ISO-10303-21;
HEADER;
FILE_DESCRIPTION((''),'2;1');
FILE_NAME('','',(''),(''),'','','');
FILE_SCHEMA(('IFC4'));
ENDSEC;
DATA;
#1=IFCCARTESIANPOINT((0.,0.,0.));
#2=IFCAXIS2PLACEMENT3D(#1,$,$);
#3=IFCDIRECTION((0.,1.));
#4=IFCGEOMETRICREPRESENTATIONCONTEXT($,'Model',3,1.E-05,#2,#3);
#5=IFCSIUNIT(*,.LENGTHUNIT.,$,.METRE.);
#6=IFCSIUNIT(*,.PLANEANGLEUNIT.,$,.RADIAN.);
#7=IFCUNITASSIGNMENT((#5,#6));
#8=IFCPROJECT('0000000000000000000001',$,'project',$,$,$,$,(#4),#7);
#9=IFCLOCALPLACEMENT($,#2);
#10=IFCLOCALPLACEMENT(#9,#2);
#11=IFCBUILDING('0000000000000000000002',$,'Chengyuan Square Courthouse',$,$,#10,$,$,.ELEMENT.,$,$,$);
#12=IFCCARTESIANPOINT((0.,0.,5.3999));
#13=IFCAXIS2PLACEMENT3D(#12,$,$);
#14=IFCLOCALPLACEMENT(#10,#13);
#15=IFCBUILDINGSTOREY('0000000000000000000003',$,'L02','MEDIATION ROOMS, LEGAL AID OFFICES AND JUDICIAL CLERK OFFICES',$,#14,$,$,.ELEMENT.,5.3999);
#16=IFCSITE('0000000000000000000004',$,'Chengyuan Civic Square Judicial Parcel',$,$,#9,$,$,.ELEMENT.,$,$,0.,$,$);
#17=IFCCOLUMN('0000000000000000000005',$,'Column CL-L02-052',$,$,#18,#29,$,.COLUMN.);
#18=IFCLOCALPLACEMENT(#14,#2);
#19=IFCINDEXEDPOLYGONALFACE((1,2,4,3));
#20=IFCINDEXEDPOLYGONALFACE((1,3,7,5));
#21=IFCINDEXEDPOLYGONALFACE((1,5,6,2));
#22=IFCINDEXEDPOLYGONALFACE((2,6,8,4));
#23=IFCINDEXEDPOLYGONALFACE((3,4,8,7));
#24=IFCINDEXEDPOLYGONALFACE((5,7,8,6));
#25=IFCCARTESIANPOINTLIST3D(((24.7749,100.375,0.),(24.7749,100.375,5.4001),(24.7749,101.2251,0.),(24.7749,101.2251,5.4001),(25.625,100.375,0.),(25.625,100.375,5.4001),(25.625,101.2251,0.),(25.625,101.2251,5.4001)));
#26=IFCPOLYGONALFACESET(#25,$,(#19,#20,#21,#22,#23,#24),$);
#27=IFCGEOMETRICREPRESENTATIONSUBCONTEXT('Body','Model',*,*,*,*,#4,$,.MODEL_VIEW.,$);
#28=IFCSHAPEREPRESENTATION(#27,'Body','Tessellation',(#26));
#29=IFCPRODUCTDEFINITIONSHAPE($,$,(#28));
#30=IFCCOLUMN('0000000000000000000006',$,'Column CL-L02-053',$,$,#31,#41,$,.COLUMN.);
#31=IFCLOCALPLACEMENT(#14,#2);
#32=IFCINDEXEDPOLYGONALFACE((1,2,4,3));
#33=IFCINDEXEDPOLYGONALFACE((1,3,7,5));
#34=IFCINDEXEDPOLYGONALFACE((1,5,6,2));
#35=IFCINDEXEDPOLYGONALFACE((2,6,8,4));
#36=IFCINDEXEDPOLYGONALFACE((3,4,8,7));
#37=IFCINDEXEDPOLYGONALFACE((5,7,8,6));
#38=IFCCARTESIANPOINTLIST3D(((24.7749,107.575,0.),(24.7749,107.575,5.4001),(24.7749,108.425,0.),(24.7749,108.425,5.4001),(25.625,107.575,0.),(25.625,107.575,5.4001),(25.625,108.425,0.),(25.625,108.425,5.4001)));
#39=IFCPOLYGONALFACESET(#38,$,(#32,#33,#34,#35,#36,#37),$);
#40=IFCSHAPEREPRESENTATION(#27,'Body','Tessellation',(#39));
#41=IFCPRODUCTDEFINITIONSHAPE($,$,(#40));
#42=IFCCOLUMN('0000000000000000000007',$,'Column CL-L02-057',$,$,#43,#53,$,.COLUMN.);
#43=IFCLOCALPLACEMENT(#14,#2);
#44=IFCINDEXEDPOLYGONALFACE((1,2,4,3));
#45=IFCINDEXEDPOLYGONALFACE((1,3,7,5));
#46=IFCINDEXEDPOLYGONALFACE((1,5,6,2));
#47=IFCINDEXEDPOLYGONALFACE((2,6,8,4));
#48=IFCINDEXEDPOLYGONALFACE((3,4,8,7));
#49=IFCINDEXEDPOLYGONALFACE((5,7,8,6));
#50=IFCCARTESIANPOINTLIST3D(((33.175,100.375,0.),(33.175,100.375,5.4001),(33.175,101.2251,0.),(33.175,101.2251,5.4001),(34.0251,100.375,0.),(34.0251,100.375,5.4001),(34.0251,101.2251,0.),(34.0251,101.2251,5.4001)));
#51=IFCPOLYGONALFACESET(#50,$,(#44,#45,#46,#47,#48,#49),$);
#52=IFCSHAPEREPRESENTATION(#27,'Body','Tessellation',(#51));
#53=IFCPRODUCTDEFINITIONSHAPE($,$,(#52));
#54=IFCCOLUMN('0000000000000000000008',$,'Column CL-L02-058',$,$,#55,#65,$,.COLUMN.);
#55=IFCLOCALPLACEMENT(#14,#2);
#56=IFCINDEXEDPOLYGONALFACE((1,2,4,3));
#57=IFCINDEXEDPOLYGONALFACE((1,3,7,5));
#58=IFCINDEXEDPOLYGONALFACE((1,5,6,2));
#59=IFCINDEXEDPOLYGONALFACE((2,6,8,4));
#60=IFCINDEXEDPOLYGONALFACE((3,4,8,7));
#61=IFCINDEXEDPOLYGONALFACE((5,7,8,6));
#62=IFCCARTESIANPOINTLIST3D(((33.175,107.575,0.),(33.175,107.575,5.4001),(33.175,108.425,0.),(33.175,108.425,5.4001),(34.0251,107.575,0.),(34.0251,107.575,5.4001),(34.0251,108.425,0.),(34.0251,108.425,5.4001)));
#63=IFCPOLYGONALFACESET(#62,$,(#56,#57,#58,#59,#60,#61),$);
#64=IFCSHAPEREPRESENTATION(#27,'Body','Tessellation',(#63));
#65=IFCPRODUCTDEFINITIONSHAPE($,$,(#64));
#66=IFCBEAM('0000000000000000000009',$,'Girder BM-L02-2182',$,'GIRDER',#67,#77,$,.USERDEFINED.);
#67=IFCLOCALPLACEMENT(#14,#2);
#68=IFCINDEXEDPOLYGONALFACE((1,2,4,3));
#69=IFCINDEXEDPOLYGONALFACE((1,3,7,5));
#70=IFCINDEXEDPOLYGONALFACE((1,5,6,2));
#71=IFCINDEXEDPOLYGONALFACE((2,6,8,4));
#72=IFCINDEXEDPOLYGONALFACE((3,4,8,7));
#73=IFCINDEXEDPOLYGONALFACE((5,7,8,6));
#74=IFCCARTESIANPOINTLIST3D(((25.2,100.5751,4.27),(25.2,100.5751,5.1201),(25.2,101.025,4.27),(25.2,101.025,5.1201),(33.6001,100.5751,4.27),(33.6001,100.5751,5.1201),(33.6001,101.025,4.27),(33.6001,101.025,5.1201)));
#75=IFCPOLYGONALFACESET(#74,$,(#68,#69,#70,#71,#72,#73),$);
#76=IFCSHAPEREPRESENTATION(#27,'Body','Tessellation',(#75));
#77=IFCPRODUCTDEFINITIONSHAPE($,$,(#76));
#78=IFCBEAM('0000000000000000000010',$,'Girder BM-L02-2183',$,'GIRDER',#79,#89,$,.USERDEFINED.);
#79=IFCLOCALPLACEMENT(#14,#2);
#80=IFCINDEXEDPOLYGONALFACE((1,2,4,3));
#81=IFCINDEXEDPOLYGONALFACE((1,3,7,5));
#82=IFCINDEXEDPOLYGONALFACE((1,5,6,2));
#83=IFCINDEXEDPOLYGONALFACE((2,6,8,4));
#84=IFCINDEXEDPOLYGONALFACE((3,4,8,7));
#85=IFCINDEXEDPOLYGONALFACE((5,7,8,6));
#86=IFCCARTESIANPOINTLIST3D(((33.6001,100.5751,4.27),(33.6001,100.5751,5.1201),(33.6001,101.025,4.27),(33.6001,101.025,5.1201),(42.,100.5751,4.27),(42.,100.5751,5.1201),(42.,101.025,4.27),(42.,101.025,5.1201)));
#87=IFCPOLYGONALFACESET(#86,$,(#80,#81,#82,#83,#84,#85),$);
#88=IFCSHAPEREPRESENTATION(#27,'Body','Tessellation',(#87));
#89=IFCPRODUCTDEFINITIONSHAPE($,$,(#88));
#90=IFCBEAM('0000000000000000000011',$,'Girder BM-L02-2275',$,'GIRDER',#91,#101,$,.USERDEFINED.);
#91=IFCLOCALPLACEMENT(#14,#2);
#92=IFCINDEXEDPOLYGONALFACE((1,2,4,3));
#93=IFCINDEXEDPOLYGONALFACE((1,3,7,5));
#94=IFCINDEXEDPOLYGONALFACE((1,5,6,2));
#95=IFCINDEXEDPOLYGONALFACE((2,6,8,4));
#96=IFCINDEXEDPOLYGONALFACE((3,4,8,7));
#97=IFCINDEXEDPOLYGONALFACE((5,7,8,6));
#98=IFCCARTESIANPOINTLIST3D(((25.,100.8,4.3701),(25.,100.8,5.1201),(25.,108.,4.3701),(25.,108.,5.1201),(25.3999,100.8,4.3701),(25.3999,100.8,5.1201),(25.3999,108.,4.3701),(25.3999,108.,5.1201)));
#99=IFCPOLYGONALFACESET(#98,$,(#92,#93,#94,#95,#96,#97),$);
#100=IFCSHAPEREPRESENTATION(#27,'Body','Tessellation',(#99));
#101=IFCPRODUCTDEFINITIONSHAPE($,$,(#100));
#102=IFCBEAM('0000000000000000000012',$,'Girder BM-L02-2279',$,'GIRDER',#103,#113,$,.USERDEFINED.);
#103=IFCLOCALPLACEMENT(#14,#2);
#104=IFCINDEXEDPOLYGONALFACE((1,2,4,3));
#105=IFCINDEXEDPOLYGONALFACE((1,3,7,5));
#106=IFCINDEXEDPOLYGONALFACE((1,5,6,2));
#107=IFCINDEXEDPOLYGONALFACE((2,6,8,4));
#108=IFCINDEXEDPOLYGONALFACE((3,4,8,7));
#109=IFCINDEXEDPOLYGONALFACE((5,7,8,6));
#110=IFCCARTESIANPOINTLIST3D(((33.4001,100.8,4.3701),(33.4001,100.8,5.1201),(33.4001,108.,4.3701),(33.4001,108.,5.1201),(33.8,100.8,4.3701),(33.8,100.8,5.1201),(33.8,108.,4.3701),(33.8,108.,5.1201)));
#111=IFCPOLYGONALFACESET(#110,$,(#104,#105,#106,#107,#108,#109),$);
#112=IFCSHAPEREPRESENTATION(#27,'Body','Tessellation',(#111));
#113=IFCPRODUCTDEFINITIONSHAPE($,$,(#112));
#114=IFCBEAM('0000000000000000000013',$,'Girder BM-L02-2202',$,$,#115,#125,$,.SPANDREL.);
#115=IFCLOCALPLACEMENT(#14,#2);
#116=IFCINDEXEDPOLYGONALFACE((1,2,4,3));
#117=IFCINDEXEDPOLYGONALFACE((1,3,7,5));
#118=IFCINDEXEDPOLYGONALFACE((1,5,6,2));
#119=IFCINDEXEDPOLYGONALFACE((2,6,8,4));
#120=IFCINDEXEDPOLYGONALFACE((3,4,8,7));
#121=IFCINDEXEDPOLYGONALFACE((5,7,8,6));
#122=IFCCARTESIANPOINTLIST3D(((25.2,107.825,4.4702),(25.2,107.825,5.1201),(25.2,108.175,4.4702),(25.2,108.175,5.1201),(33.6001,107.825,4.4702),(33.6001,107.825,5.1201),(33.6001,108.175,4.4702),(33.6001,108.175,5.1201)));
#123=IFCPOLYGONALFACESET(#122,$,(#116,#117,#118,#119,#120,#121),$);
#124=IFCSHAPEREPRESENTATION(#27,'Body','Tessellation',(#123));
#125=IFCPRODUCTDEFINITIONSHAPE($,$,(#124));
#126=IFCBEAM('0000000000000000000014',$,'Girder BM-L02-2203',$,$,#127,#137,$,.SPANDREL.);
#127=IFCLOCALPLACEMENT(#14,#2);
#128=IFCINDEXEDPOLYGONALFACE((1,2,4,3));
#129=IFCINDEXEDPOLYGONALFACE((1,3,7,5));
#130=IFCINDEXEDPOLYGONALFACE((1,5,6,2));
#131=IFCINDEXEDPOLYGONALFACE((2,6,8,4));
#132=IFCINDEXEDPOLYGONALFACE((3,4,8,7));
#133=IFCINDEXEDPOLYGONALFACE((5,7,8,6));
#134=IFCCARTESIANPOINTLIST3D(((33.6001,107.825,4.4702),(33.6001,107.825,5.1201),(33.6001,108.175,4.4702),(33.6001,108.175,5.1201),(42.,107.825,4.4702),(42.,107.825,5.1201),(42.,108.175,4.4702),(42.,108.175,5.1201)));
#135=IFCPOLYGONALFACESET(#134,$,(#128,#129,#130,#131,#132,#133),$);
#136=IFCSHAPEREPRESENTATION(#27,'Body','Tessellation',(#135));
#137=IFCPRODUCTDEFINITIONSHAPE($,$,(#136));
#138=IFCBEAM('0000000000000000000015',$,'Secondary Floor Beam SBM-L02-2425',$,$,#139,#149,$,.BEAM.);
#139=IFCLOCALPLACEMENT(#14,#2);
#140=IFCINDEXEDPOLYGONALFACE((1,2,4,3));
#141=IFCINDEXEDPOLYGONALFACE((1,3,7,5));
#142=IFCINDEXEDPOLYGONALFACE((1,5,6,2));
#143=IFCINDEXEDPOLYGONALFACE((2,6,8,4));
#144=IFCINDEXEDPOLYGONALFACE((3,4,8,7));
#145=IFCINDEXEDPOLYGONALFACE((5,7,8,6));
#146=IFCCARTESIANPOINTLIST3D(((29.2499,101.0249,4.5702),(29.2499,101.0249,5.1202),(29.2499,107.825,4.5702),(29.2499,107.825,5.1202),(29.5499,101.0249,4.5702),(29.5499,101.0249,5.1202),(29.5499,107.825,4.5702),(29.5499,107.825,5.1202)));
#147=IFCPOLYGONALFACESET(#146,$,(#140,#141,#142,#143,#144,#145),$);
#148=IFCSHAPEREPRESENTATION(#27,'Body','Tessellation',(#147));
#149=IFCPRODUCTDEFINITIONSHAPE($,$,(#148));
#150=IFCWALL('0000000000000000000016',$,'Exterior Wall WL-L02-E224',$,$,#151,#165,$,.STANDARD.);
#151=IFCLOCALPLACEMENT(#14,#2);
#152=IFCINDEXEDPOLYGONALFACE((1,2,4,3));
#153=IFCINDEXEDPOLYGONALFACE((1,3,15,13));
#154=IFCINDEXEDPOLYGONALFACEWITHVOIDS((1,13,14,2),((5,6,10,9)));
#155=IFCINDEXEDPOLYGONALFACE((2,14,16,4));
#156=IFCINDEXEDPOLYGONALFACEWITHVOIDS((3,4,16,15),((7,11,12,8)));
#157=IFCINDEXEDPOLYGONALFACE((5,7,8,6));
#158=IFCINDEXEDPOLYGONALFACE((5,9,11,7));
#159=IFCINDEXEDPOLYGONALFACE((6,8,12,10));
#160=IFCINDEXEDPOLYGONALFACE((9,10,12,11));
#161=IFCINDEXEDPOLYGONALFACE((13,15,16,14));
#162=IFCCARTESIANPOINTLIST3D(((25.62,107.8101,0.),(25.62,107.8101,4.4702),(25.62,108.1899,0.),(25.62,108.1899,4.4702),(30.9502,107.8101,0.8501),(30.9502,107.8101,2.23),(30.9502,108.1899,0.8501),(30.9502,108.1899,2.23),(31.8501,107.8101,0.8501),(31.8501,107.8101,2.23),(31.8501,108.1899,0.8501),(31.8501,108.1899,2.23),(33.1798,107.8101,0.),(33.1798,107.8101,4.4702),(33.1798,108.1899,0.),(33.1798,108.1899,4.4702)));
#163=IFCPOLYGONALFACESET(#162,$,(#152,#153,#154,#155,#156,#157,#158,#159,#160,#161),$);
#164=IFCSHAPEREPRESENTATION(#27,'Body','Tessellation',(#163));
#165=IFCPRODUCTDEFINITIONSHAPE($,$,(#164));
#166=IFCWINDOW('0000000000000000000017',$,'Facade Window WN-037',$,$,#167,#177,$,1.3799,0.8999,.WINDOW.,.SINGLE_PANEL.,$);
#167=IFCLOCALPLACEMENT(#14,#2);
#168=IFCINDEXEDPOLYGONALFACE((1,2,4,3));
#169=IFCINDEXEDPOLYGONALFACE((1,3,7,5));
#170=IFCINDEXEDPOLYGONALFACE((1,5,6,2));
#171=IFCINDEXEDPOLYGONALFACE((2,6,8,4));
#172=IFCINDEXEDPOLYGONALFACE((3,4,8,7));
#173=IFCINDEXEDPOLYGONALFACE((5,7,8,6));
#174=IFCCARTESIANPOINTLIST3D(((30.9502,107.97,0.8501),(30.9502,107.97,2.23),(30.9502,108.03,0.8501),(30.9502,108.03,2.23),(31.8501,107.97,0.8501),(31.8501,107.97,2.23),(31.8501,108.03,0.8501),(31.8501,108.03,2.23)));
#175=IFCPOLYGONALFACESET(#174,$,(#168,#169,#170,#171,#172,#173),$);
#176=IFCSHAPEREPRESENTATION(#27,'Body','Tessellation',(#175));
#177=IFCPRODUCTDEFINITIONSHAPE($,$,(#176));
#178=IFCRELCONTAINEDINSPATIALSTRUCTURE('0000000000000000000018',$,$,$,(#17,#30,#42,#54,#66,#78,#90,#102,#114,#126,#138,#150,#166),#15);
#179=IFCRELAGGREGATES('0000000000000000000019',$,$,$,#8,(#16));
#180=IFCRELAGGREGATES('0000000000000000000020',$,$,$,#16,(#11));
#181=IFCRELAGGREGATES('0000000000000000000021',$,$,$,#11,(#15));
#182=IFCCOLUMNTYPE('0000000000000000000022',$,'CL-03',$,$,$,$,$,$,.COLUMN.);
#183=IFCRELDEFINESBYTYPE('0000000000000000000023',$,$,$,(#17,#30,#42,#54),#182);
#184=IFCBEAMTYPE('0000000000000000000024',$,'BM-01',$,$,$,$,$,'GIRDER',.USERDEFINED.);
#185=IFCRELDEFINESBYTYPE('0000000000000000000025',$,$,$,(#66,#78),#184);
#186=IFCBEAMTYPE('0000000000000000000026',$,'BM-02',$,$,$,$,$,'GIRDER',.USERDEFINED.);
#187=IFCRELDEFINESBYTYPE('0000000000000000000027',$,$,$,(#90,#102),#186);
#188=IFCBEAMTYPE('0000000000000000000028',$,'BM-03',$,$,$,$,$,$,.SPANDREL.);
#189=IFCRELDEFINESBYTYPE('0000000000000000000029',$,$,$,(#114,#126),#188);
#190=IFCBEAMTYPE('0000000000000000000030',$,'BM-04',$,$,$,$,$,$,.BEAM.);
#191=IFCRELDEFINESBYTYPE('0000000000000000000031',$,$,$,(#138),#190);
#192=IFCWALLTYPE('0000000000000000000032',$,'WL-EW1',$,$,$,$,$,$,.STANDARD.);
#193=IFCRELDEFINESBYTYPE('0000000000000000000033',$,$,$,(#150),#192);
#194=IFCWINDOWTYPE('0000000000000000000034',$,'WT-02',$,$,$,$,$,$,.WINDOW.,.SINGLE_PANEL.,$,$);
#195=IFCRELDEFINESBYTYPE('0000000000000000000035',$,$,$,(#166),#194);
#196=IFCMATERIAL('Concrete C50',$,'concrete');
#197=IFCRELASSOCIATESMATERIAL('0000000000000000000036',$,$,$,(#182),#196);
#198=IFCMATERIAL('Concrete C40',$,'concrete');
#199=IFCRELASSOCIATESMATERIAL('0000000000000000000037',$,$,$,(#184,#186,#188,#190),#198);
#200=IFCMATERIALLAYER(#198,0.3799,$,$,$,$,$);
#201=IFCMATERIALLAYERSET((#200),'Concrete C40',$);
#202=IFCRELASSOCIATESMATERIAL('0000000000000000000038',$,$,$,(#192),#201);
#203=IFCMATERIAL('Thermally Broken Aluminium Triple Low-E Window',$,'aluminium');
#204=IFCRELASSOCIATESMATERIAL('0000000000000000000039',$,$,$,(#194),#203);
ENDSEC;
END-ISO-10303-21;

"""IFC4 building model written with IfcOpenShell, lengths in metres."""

from ifc_helpers import new_model, si_unit, direction, frame, frame_2d, origin, origin_2d, place, context, subcontext, project, spatial, rectangle, extrude, material, layer, layer_set, material_profile, profile_set, type_object, element, fill, save


model = new_model("IFC4")

# Units and contexts
model_context = context("Model", 3, precision=1e-05, world=origin(), true_north=direction((0.0, 1.0)))
body_context = subcontext(model_context, "Body", "Model", "MODEL_VIEW")
ifc_project = project(units=[si_unit("LENGTHUNIT", "METRE"), si_unit("PLANEANGLEUNIT", "RADIAN")], contexts=[model_context])

# Site, building, storey
site_placement = place(None, origin())
site = spatial("IfcSite", under=ifc_project, at=site_placement, Name="Chengyuan Civic Square Judicial Parcel", CompositionType="ELEMENT", RefElevation=0.0)
building_placement = place(site_placement, origin())
building = spatial("IfcBuilding", under=site, at=building_placement, Name="Chengyuan Square Courthouse", CompositionType="ELEMENT")
storey_placement = place(building_placement, frame((0.0, 0.0, 5.3999)))
storey = spatial("IfcBuildingStorey", under=building, at=storey_placement, Name="L02", Description="MEDIATION ROOMS, LEGAL AID OFFICES AND JUDICIAL CLERK OFFICES", CompositionType="ELEMENT", Elevation=5.3999)

# Columns
ifc_material_1 = material(Name="Concrete C50", Category="concrete")
ifc_material_profile_1 = material_profile(ifc_material_1, rectangle(XDim=0.8501, YDim=0.8501, at=origin_2d()), Name="RC-COL-850x850")
ifc_profile_set_1 = profile_set([ifc_material_profile_1], Name="Concrete C50")
column_type = type_object("IfcColumnType", Name="CL-03", PredefinedType="COLUMN", material=ifc_profile_set_1)
for number, where, z_axis, x_axis, name in (
    (1, (25.2, 100.8, 0.0), (0.0, 0.0, 1.0), (1.0, 0.0, 0.0), "Column CL-L02-052"),
    (2, (25.2, 108.0, 0.0), (0.0, 0.0, 1.0), (1.0, 0.0, 0.0), "Column CL-L02-053"),
    (3, (33.6001, 100.8, 0.0), (0.0, 0.0, 1.0), (1.0, 0.0, 0.0), "Column CL-L02-057"),
    (4, (33.6001, 108.0, 0.0), (0.0, 0.0, 1.0), (1.0, 0.0, 0.0), "Column CL-L02-058"),
):
    element("IfcColumn", number, at=place(storey_placement, frame(where, z_axis=z_axis, x_axis=x_axis)), inside=storey, type_object=column_type, Name=name, PredefinedType="COLUMN", context=body_context, shape_type="SweptSolid", body=[
        extrude(rectangle(XDim=0.8501, YDim=0.8501, at=origin_2d()), origin(), (0.0, 0.0, 1.0), 5.4001),
    ])

# Beams
ifc_material_2 = material(Name="Concrete C40", Category="concrete")
ifc_material_profile_2 = material_profile(ifc_material_2, rectangle(XDim=0.45, YDim=0.8501, at=origin_2d()), Name="RC-BM-450x850")
ifc_profile_set_2 = profile_set([ifc_material_profile_2], Name="Concrete C40")
beam_type_1 = type_object("IfcBeamType", Name="BM-01", ElementType="GIRDER", PredefinedType="USERDEFINED", material=ifc_profile_set_2)
beam_1_placement = place(storey_placement, frame((25.2, 100.8, 4.6951), z_axis=(1.0, 0.0, 0.0), x_axis=(0.0, 1.0, 0.0)))
element("IfcBeam", 5, at=beam_1_placement, inside=storey, type_object=beam_type_1, Name="Girder BM-L02-2182", ObjectType="GIRDER", PredefinedType="USERDEFINED", context=body_context, shape_type="SweptSolid", body=[
    extrude(rectangle(XDim=0.45, YDim=0.8501, at=origin_2d()), origin(), (0.0, 0.0, 1.0), 8.4001),
])
beam_2_placement = place(storey_placement, frame((33.6001, 100.8, 4.6951), z_axis=(1.0, 0.0, 0.0), x_axis=(0.0, 1.0, 0.0)))
element("IfcBeam", 6, at=beam_2_placement, inside=storey, type_object=beam_type_1, Name="Girder BM-L02-2183", ObjectType="GIRDER", PredefinedType="USERDEFINED", context=body_context, shape_type="SweptSolid", body=[
    extrude(rectangle(XDim=0.45, YDim=0.8501, at=origin_2d()), origin(), (0.0, 0.0, 1.0), 8.3999),
])
ifc_material_profile_3 = material_profile(ifc_material_2, rectangle(XDim=0.3999, YDim=0.75, at=origin_2d()), Name="RC-BM-400x750")
ifc_profile_set_3 = profile_set([ifc_material_profile_3], Name="Concrete C40")
beam_type_2 = type_object("IfcBeamType", Name="BM-02", ElementType="GIRDER", PredefinedType="USERDEFINED", material=ifc_profile_set_3)
for number, where, z_axis, x_axis, name in (
    (7, (25.2, 100.8, 4.7451), (0.0, 1.0, 0.0), (-1.0, 0.0, 0.0), "Girder BM-L02-2275"),
    (8, (33.6001, 100.8, 4.7451), (0.0, 1.0, 0.0), (-1.0, 0.0, 0.0), "Girder BM-L02-2279"),
):
    element("IfcBeam", number, at=place(storey_placement, frame(where, z_axis=z_axis, x_axis=x_axis)), inside=storey, type_object=beam_type_2, Name=name, ObjectType="GIRDER", PredefinedType="USERDEFINED", context=body_context, shape_type="SweptSolid", body=[
        extrude(rectangle(XDim=0.3999, YDim=0.75, at=origin_2d()), origin(), (0.0, 0.0, 1.0), 7.2),
    ])
ifc_material_profile_4 = material_profile(ifc_material_2, rectangle(XDim=0.3501, YDim=0.6499, at=origin_2d()), Name="RC-BM-350x650")
ifc_profile_set_4 = profile_set([ifc_material_profile_4], Name="Concrete C40")
beam_type_3 = type_object("IfcBeamType", Name="BM-03", PredefinedType="SPANDREL", material=ifc_profile_set_4)
beam_3_placement = place(storey_placement, frame((25.2, 108.0, 4.7952), z_axis=(1.0, 0.0, 0.0), x_axis=(0.0, 1.0, 0.0)))
element("IfcBeam", 9, at=beam_3_placement, inside=storey, type_object=beam_type_3, Name="Girder BM-L02-2202", PredefinedType="SPANDREL", context=body_context, shape_type="SweptSolid", body=[
    extrude(rectangle(XDim=0.3501, YDim=0.6499, at=origin_2d()), origin(), (0.0, 0.0, 1.0), 8.4001),
])
beam_4_placement = place(storey_placement, frame((33.6001, 108.0, 4.7952), z_axis=(1.0, 0.0, 0.0), x_axis=(0.0, 1.0, 0.0)))
element("IfcBeam", 10, at=beam_4_placement, inside=storey, type_object=beam_type_3, Name="Girder BM-L02-2203", PredefinedType="SPANDREL", context=body_context, shape_type="SweptSolid", body=[
    extrude(rectangle(XDim=0.3501, YDim=0.6499, at=origin_2d()), origin(), (0.0, 0.0, 1.0), 8.3999),
])
ifc_material_profile_5 = material_profile(ifc_material_2, rectangle(XDim=0.3, YDim=0.55, at=origin_2d()), Name="RC-BM-300x550")
ifc_profile_set_5 = profile_set([ifc_material_profile_5], Name="Concrete C40")
beam_type_4 = type_object("IfcBeamType", Name="BM-04", PredefinedType="BEAM", material=ifc_profile_set_5)
beam_5_placement = place(storey_placement, frame((29.3999, 101.0249, 4.8452), z_axis=(0.0, 1.0, 0.0), x_axis=(-1.0, 0.0, 0.0)))
element("IfcBeam", 11, at=beam_5_placement, inside=storey, type_object=beam_type_4, Name="Secondary Floor Beam SBM-L02-2425", PredefinedType="BEAM", context=body_context, shape_type="SweptSolid", body=[
    extrude(rectangle(XDim=0.3, YDim=0.55, at=origin_2d()), origin(), (0.0, 0.0, 1.0), 6.8),
])

# Wall, opening, window
ifc_layer_1 = layer(ifc_material_2, 0.3799)
ifc_layer_set_1 = layer_set([ifc_layer_1], Name="Concrete C40")
wall_type_1 = type_object("IfcWallType", Name="WL-EW1", PredefinedType="STANDARD", material=ifc_layer_set_1)
wall_1_placement = place(storey_placement, frame((25.6201, 108.0, 0.0), z_axis=(0.0, 0.0, 1.0), x_axis=(1.0, 0.0, 0.0)))
wall_1 = element("IfcWall", 12, at=wall_1_placement, inside=storey, type_object=wall_type_1, Name="Exterior Wall WL-L02-E224", PredefinedType="STANDARD", context=body_context, shape_type="SweptSolid", body=[
    extrude(rectangle(XDim=7.5598, YDim=0.3799, at=frame_2d((3.7798, 0.0))), origin(), (0.0, 0.0, 1.0), 4.4702),
])
opening_1_placement = place(wall_1_placement, frame((5.3301, 0.0, 0.8501)))
opening_1 = element("IfcOpeningElement", 13, at=opening_1_placement, cuts=wall_1, PredefinedType="OPENING", context=body_context, shape_type="SweptSolid", body=[
    extrude(rectangle(XDim=0.8999, YDim=1.3799, at=frame_2d((0.45, 0.6899))), frame((0.0, 0.2019, 0.0), z_axis=(0.0, -1.0, 0.0), x_axis=(1.0, 0.0, 0.0)), (0.0, 0.0, 1.0), 0.4038),
])
ifc_material_3 = material(Name="Thermally Broken Aluminium Triple Low-E Window", Category="aluminium")
window_type_1 = type_object("IfcWindowType", Name="WT-02", PartitioningType="SINGLE_PANEL", PredefinedType="WINDOW", material=ifc_material_3)
window_1_placement = place(opening_1_placement, origin())
window_1 = element("IfcWindow", 14, at=window_1_placement, inside=storey, type_object=window_type_1, Name="Facade Window WN-037", OverallHeight=1.3799, OverallWidth=0.8999, PartitioningType="SINGLE_PANEL", PredefinedType="WINDOW", context=body_context, shape_type="SweptSolid", body=[
    extrude(rectangle(XDim=0.8999, YDim=1.3799, at=frame_2d((0.45, 0.6899))), frame((0.0, 0.03, 0.0), z_axis=(0.0, -1.0, 0.0), x_axis=(1.0, 0.0, 0.0)), (0.0, 0.0, 1.0), 0.0601),
])
fill(opening_1, window_1)

save(model, "model.ifc")
